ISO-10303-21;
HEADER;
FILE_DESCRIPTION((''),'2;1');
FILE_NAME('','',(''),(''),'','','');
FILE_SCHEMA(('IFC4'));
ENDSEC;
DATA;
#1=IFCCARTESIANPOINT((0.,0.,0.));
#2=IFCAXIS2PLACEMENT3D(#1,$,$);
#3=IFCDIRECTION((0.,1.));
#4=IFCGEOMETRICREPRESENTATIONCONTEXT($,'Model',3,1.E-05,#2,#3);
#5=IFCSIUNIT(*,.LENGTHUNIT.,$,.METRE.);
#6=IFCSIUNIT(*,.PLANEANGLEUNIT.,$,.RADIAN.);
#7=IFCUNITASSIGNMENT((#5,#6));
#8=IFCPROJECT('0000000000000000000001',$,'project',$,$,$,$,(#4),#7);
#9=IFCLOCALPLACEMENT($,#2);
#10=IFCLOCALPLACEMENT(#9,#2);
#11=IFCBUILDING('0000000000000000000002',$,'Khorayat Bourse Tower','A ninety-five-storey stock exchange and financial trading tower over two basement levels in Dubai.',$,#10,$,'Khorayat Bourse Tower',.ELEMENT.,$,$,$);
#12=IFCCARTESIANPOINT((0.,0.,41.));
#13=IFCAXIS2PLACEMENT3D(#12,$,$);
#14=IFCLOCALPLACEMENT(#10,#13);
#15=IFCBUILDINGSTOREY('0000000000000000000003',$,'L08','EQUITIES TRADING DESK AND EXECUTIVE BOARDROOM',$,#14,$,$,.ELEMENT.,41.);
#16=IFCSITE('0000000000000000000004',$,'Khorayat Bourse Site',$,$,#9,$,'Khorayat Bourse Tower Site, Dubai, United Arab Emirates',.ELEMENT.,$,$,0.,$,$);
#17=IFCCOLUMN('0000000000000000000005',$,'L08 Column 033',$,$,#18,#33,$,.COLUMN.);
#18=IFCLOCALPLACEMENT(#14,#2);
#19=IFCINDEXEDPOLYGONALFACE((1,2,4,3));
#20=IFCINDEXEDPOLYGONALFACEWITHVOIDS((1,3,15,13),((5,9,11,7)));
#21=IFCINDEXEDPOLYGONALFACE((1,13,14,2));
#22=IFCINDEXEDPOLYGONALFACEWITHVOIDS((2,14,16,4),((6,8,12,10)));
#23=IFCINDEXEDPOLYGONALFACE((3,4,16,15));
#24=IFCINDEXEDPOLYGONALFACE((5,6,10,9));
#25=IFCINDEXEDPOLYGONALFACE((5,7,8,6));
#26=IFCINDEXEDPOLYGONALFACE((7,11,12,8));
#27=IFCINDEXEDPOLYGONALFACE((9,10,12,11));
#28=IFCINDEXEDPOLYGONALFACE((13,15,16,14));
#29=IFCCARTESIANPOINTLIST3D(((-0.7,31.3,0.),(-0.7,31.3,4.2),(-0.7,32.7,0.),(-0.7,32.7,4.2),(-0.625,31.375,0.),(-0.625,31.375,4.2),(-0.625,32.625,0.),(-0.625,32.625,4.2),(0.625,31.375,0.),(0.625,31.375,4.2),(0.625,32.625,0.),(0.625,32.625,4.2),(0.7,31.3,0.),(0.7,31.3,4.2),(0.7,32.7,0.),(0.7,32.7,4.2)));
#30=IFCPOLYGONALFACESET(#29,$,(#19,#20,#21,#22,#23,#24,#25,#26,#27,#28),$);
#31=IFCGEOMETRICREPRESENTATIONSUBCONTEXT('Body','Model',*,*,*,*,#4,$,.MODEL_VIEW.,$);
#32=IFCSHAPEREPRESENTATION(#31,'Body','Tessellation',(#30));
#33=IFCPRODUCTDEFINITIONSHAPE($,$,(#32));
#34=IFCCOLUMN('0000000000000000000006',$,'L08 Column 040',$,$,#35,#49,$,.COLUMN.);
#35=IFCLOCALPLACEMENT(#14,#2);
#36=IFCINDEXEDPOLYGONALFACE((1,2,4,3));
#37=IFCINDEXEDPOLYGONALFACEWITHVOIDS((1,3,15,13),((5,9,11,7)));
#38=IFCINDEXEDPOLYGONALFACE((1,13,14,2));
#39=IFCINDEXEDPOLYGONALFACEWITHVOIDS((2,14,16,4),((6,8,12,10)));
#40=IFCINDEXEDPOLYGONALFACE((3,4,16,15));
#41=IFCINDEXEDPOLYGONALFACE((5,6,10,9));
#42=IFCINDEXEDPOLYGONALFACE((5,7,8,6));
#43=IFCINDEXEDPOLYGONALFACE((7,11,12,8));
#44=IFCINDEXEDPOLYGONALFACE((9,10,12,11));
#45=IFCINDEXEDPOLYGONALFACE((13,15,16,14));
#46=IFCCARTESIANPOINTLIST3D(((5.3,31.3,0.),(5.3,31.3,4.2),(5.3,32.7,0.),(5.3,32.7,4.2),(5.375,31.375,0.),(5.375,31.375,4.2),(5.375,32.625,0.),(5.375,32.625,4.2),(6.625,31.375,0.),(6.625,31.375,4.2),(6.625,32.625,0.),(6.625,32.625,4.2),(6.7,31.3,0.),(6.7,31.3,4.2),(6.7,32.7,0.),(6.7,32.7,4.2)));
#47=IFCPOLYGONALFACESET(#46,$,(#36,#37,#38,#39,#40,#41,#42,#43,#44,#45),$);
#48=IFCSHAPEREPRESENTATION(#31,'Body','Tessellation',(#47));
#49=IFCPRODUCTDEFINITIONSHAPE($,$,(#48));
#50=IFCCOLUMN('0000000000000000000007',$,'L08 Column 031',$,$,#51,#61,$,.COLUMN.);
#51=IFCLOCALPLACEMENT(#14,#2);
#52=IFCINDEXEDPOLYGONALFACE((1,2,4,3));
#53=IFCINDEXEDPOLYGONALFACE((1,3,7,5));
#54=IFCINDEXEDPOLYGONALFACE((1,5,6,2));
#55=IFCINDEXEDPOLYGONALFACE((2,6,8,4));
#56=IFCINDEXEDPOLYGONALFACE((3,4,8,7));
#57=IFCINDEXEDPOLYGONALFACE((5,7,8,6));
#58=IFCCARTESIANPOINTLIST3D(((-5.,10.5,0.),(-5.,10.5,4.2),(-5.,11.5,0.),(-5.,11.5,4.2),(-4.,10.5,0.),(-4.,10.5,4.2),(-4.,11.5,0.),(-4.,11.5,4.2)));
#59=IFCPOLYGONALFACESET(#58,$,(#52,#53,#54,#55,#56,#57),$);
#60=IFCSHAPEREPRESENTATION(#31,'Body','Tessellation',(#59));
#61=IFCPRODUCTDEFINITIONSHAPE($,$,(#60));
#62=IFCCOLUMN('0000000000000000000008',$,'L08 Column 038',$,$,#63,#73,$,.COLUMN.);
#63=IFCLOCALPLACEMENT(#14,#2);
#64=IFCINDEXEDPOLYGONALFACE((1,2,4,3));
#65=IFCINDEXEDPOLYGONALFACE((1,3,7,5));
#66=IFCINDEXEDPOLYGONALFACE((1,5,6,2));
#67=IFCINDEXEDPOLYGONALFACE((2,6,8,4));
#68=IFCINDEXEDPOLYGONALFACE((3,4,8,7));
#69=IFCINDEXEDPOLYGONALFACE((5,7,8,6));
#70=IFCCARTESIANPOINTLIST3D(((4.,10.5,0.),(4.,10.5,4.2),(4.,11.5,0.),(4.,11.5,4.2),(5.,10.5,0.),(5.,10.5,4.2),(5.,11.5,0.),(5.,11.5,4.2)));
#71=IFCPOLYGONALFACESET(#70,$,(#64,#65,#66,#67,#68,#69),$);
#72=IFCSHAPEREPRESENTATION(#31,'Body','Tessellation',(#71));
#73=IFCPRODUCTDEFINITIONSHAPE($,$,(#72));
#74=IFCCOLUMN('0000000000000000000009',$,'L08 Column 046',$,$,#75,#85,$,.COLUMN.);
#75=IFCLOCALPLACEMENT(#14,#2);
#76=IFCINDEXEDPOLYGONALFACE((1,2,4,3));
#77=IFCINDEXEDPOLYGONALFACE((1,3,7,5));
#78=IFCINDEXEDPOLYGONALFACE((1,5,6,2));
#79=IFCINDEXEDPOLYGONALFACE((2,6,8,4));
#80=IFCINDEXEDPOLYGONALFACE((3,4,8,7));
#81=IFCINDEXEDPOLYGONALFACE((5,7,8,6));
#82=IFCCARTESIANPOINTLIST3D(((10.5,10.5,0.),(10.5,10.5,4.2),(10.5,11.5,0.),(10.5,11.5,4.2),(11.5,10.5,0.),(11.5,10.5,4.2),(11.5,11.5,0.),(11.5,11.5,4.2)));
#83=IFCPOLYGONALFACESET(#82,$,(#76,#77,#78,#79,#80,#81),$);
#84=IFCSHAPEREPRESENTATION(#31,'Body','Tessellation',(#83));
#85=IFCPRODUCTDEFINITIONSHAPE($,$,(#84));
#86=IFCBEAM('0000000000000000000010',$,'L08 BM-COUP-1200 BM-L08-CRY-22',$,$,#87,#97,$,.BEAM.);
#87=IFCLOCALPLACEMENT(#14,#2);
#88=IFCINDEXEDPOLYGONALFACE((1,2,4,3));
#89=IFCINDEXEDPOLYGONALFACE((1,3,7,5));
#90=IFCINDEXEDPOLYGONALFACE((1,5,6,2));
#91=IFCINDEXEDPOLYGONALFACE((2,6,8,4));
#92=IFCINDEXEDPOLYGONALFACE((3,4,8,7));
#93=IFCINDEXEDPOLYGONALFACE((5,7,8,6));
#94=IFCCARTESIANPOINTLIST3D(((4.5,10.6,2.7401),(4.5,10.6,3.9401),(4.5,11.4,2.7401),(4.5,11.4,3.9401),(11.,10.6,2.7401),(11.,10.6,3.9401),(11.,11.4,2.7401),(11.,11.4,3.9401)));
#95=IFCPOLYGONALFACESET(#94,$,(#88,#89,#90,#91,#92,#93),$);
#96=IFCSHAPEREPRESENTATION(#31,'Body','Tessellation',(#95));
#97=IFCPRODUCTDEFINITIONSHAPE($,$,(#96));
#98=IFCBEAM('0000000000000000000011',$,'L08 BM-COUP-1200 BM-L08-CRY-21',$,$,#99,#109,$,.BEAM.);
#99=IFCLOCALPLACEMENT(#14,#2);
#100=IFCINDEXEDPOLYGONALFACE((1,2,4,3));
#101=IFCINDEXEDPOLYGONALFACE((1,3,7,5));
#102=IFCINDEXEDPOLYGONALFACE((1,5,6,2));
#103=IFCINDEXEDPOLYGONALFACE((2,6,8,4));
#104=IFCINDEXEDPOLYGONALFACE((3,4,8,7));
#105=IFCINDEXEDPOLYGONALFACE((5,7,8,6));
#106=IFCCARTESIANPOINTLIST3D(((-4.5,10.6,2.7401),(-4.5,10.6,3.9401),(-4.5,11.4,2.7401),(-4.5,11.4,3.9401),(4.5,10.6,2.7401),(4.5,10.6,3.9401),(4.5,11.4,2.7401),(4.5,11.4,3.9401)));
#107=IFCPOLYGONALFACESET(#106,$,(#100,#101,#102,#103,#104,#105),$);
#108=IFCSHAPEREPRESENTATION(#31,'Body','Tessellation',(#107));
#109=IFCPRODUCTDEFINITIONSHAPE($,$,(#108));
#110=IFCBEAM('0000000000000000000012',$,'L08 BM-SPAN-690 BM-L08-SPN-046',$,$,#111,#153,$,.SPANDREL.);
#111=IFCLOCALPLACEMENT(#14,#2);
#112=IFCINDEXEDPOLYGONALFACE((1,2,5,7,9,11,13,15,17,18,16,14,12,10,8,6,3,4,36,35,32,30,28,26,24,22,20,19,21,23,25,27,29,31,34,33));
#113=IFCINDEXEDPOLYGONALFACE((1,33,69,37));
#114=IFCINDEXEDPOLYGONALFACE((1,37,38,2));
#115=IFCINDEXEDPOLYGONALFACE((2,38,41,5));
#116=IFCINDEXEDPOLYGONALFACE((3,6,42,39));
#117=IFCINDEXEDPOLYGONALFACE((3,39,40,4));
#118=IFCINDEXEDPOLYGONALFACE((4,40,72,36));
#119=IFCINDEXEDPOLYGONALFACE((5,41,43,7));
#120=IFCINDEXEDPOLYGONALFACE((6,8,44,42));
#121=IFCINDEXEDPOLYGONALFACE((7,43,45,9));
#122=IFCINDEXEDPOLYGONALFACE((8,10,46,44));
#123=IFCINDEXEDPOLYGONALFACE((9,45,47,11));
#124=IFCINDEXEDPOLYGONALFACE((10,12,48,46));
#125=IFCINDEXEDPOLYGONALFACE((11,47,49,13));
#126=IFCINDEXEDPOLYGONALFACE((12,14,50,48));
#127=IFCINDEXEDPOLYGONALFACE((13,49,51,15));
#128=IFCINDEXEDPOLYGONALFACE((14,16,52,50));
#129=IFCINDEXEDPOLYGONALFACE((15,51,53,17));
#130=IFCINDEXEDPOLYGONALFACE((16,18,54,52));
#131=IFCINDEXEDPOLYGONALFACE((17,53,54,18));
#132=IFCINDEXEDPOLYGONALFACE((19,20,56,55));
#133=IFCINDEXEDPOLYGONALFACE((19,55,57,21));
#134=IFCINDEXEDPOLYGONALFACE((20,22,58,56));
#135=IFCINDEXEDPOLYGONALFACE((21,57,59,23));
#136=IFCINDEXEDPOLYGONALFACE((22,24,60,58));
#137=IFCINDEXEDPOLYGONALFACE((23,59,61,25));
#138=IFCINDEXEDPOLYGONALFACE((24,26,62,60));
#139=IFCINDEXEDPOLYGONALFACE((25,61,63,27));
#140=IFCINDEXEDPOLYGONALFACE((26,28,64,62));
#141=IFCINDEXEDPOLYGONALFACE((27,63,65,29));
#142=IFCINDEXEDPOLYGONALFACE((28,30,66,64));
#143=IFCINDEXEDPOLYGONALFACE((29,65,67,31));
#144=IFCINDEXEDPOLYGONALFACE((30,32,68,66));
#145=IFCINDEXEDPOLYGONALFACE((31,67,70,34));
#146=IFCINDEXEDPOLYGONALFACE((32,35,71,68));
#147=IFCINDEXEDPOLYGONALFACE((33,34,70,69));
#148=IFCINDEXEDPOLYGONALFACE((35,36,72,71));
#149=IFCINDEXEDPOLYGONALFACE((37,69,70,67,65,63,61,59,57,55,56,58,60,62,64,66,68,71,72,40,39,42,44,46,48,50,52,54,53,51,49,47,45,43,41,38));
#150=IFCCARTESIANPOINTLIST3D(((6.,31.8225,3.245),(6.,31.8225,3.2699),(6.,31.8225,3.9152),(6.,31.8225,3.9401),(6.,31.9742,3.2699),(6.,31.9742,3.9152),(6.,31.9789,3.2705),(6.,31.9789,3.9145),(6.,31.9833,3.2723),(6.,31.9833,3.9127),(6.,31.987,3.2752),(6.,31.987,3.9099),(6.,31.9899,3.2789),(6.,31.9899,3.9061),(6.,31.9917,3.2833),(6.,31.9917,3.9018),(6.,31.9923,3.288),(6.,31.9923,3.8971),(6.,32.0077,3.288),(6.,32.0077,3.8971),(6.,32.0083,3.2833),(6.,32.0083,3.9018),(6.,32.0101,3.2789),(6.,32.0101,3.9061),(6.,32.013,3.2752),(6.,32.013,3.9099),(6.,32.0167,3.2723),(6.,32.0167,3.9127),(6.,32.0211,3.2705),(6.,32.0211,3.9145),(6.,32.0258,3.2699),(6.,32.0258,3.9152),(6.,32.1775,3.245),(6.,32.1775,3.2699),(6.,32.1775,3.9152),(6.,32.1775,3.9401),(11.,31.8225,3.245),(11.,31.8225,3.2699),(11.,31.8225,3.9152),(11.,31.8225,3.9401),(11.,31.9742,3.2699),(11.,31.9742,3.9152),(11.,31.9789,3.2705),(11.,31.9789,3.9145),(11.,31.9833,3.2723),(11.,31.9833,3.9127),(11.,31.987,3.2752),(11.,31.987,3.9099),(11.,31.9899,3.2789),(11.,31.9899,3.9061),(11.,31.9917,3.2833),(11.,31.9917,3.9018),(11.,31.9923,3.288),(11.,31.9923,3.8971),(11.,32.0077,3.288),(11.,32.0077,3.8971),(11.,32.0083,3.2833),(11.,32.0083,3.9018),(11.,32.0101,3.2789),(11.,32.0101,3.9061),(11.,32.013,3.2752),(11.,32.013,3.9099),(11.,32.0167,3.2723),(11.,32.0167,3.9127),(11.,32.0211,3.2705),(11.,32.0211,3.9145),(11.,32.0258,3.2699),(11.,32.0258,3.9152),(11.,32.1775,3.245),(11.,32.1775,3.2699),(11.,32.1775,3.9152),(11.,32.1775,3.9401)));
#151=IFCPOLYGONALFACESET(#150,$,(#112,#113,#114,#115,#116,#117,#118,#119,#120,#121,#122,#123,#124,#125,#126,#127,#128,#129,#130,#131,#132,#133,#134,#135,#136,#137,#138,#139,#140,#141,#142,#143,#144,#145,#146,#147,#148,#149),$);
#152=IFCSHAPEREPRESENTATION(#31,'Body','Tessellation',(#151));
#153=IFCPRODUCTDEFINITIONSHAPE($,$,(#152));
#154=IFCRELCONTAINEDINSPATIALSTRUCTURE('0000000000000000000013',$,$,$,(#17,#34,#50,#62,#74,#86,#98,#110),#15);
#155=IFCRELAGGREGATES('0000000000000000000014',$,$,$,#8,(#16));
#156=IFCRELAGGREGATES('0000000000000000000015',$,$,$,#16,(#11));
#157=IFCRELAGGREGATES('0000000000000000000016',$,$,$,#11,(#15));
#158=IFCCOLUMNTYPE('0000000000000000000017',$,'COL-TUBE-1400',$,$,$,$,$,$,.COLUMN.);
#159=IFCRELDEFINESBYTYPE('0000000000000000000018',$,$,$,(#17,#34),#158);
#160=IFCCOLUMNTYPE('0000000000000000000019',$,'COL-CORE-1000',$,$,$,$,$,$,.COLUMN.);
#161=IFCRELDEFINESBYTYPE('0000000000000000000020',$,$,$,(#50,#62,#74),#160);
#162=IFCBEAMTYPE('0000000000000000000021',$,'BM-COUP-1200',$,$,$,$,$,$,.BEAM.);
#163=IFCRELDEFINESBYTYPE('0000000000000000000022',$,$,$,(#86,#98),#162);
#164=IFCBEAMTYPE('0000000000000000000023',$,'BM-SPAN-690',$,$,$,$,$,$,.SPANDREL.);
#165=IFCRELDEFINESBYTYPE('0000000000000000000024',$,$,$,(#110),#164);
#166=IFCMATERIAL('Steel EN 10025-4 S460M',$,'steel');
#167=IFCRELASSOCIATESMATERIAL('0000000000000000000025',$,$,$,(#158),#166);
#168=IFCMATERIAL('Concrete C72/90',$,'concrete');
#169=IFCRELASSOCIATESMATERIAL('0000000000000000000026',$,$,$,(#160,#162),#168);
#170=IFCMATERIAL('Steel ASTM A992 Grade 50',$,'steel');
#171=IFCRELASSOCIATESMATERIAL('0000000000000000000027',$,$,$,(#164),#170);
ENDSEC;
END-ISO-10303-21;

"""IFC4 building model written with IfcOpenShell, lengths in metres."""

from ifc_helpers import new_model, si_unit, direction, frame, origin, origin_2d, place, context, subcontext, project, spatial, rectangle, hollow_rectangle, i_section, extrude, source, transform, mapped, material, material_profile, profile_set, type_object, element, save


model = new_model("IFC4")

# Units and contexts
model_context = context("Model", 3, precision=1e-05, world=origin(), true_north=direction((0.0, 1.0)))
body_context = subcontext(model_context, "Body", "Model", "MODEL_VIEW")
ifc_project = project(units=[si_unit("LENGTHUNIT", "METRE"), si_unit("PLANEANGLEUNIT", "RADIAN")], contexts=[model_context])

# Site, building, storey
site_placement = place(None, origin())
site = spatial("IfcSite", under=ifc_project, at=site_placement, Name="Khorayat Bourse Site", LongName="Khorayat Bourse Tower Site, Dubai, United Arab Emirates", CompositionType="ELEMENT", RefElevation=0.0)
building_placement = place(site_placement, origin())
building = spatial("IfcBuilding", under=site, at=building_placement, Name="Khorayat Bourse Tower", Description="A ninety-five-storey stock exchange and financial trading tower over two basement levels in Dubai.", LongName="Khorayat Bourse Tower", CompositionType="ELEMENT")
storey_placement = place(building_placement, frame((0.0, 0.0, 41.0)))
storey = spatial("IfcBuildingStorey", under=building, at=storey_placement, Name="L08", Description="EQUITIES TRADING DESK AND EXECUTIVE BOARDROOM", CompositionType="ELEMENT", Elevation=41.0)

# Columns
ifc_material_1 = material(Name="Steel EN 10025-4 S460M", Category="steel")
ifc_material_profile_1 = material_profile(ifc_material_1, hollow_rectangle(XDim=1.3999, YDim=1.3999, WallThickness=0.075, at=origin_2d()), Name="BOX 1400x1400x75")
ifc_profile_set_1 = profile_set([ifc_material_profile_1], Name="Steel EN 10025-4 S460M")
column_type_1 = type_object("IfcColumnType", Name="COL-TUBE-1400", PredefinedType="COLUMN", material=ifc_profile_set_1)
shared_shape_1 = source(origin(), body_context, "Body", "SweptSolid", [
    extrude(hollow_rectangle(XDim=1.3999, YDim=1.3999, WallThickness=0.075, at=origin_2d()), origin(), (0.0, 0.0, 1.0), 4.2),
])
for number, where, z_axis, x_axis, name in (
    (1, (0.0, 32.0, 0.0), (0.0, 0.0, 1.0), (1.0, 0.0, 0.0), "L08 Column 033"),
    (2, (6.0, 32.0, 0.0), (0.0, 0.0, 1.0), (1.0, 0.0, 0.0), "L08 Column 040"),
):
    element("IfcColumn", number, at=place(storey_placement, frame(where, z_axis=z_axis, x_axis=x_axis)), inside=storey, type_object=column_type_1, Name=name, PredefinedType="COLUMN", context=body_context, shape_type="MappedRepresentation", body=[
        mapped(shared_shape_1, transform((0.0, 0.0, 0.0), scale=1.0)),
    ])
ifc_material_2 = material(Name="Concrete C72/90", Category="concrete")
ifc_material_profile_2 = material_profile(ifc_material_2, rectangle(XDim=1.0, YDim=1.0, at=origin_2d()), Name="RC 1000x1000")
ifc_profile_set_2 = profile_set([ifc_material_profile_2], Name="Concrete C72/90")
column_type_2 = type_object("IfcColumnType", Name="COL-CORE-1000", PredefinedType="COLUMN", material=ifc_profile_set_2)
shared_shape_2 = source(origin(), body_context, "Body", "SweptSolid", [
    extrude(rectangle(XDim=1.0, YDim=1.0, at=origin_2d()), origin(), (0.0, 0.0, 1.0), 4.2),
])
for number, where, z_axis, x_axis, name in (
    (3, (-4.5, 11.0, 0.0), (0.0, 0.0, 1.0), (1.0, 0.0, 0.0), "L08 Column 031"),
    (4, (4.5, 11.0, 0.0), (0.0, 0.0, 1.0), (1.0, 0.0, 0.0), "L08 Column 038"),
    (5, (11.0, 11.0, 0.0), (0.0, 0.0, 1.0), (1.0, 0.0, 0.0), "L08 Column 046"),
):
    element("IfcColumn", number, at=place(storey_placement, frame(where, z_axis=z_axis, x_axis=x_axis)), inside=storey, type_object=column_type_2, Name=name, PredefinedType="COLUMN", context=body_context, shape_type="MappedRepresentation", body=[
        mapped(shared_shape_2, transform((0.0, 0.0, 0.0), scale=1.0)),
    ])

# Beams
ifc_material_profile_3 = material_profile(ifc_material_2, rectangle(XDim=0.8, YDim=1.2, at=origin_2d()), Name="RC 800x1200")
ifc_profile_set_3 = profile_set([ifc_material_profile_3], Name="Concrete C72/90")
beam_type_1 = type_object("IfcBeamType", Name="BM-COUP-1200", PredefinedType="BEAM", material=ifc_profile_set_3)
shared_shape_3 = source(origin(), body_context, "Body", "SweptSolid", [
    extrude(rectangle(XDim=0.8, YDim=1.2, at=origin_2d()), origin(), (0.0, 0.0, 1.0), 6.5),
])
beam_1_placement = place(storey_placement, frame((4.5, 11.0, 3.3401), z_axis=(1.0, 0.0, 0.0), x_axis=(0.0, 1.0, 0.0)))
element("IfcBeam", 6, at=beam_1_placement, inside=storey, type_object=beam_type_1, Name="L08 BM-COUP-1200 BM-L08-CRY-22", PredefinedType="BEAM", context=body_context, shape_type="MappedRepresentation", body=[
    mapped(shared_shape_3, transform((0.0, 0.0, 0.0), scale=1.0)),
])
shared_shape_4 = source(origin(), body_context, "Body", "SweptSolid", [
    extrude(rectangle(XDim=0.8, YDim=1.2, at=origin_2d()), origin(), (0.0, 0.0, 1.0), 9.0),
])
beam_2_placement = place(storey_placement, frame((-4.5, 11.0, 3.3401), z_axis=(1.0, 0.0, 0.0), x_axis=(0.0, 1.0, 0.0)))
element("IfcBeam", 7, at=beam_2_placement, inside=storey, type_object=beam_type_1, Name="L08 BM-COUP-1200 BM-L08-CRY-21", PredefinedType="BEAM", context=body_context, shape_type="MappedRepresentation", body=[
    mapped(shared_shape_4, transform((0.0, 0.0, 0.0), scale=1.0)),
])
ifc_material_3 = material(Name="Steel ASTM A992 Grade 50", Category="steel")
ifc_material_profile_4 = material_profile(ifc_material_3, i_section(OverallWidth=0.355, OverallDepth=0.6951, WebThickness=0.0154, FlangeThickness=0.0249, FilletRadius=0.0181, at=origin_2d()), Name="W690X217")
ifc_profile_set_4 = profile_set([ifc_material_profile_4], Name="Steel ASTM A992 Grade 50")
beam_type_2 = type_object("IfcBeamType", Name="BM-SPAN-690", PredefinedType="SPANDREL", material=ifc_profile_set_4)
shared_shape_5 = source(origin(), body_context, "Body", "SweptSolid", [
    extrude(i_section(OverallWidth=0.355, OverallDepth=0.6951, WebThickness=0.0154, FlangeThickness=0.0249, FilletRadius=0.0181, at=origin_2d()), origin(), (0.0, 0.0, 1.0), 5.0),
])
beam_3_placement = place(storey_placement, frame((6.0, 32.0, 3.5925), z_axis=(1.0, 0.0, 0.0), x_axis=(0.0, 1.0, 0.0)))
element("IfcBeam", 8, at=beam_3_placement, inside=storey, type_object=beam_type_2, Name="L08 BM-SPAN-690 BM-L08-SPN-046", PredefinedType="SPANDREL", context=body_context, shape_type="MappedRepresentation", body=[
    mapped(shared_shape_5, transform((0.0, 0.0, 0.0), scale=1.0)),
])

save(model, "model.ifc")
